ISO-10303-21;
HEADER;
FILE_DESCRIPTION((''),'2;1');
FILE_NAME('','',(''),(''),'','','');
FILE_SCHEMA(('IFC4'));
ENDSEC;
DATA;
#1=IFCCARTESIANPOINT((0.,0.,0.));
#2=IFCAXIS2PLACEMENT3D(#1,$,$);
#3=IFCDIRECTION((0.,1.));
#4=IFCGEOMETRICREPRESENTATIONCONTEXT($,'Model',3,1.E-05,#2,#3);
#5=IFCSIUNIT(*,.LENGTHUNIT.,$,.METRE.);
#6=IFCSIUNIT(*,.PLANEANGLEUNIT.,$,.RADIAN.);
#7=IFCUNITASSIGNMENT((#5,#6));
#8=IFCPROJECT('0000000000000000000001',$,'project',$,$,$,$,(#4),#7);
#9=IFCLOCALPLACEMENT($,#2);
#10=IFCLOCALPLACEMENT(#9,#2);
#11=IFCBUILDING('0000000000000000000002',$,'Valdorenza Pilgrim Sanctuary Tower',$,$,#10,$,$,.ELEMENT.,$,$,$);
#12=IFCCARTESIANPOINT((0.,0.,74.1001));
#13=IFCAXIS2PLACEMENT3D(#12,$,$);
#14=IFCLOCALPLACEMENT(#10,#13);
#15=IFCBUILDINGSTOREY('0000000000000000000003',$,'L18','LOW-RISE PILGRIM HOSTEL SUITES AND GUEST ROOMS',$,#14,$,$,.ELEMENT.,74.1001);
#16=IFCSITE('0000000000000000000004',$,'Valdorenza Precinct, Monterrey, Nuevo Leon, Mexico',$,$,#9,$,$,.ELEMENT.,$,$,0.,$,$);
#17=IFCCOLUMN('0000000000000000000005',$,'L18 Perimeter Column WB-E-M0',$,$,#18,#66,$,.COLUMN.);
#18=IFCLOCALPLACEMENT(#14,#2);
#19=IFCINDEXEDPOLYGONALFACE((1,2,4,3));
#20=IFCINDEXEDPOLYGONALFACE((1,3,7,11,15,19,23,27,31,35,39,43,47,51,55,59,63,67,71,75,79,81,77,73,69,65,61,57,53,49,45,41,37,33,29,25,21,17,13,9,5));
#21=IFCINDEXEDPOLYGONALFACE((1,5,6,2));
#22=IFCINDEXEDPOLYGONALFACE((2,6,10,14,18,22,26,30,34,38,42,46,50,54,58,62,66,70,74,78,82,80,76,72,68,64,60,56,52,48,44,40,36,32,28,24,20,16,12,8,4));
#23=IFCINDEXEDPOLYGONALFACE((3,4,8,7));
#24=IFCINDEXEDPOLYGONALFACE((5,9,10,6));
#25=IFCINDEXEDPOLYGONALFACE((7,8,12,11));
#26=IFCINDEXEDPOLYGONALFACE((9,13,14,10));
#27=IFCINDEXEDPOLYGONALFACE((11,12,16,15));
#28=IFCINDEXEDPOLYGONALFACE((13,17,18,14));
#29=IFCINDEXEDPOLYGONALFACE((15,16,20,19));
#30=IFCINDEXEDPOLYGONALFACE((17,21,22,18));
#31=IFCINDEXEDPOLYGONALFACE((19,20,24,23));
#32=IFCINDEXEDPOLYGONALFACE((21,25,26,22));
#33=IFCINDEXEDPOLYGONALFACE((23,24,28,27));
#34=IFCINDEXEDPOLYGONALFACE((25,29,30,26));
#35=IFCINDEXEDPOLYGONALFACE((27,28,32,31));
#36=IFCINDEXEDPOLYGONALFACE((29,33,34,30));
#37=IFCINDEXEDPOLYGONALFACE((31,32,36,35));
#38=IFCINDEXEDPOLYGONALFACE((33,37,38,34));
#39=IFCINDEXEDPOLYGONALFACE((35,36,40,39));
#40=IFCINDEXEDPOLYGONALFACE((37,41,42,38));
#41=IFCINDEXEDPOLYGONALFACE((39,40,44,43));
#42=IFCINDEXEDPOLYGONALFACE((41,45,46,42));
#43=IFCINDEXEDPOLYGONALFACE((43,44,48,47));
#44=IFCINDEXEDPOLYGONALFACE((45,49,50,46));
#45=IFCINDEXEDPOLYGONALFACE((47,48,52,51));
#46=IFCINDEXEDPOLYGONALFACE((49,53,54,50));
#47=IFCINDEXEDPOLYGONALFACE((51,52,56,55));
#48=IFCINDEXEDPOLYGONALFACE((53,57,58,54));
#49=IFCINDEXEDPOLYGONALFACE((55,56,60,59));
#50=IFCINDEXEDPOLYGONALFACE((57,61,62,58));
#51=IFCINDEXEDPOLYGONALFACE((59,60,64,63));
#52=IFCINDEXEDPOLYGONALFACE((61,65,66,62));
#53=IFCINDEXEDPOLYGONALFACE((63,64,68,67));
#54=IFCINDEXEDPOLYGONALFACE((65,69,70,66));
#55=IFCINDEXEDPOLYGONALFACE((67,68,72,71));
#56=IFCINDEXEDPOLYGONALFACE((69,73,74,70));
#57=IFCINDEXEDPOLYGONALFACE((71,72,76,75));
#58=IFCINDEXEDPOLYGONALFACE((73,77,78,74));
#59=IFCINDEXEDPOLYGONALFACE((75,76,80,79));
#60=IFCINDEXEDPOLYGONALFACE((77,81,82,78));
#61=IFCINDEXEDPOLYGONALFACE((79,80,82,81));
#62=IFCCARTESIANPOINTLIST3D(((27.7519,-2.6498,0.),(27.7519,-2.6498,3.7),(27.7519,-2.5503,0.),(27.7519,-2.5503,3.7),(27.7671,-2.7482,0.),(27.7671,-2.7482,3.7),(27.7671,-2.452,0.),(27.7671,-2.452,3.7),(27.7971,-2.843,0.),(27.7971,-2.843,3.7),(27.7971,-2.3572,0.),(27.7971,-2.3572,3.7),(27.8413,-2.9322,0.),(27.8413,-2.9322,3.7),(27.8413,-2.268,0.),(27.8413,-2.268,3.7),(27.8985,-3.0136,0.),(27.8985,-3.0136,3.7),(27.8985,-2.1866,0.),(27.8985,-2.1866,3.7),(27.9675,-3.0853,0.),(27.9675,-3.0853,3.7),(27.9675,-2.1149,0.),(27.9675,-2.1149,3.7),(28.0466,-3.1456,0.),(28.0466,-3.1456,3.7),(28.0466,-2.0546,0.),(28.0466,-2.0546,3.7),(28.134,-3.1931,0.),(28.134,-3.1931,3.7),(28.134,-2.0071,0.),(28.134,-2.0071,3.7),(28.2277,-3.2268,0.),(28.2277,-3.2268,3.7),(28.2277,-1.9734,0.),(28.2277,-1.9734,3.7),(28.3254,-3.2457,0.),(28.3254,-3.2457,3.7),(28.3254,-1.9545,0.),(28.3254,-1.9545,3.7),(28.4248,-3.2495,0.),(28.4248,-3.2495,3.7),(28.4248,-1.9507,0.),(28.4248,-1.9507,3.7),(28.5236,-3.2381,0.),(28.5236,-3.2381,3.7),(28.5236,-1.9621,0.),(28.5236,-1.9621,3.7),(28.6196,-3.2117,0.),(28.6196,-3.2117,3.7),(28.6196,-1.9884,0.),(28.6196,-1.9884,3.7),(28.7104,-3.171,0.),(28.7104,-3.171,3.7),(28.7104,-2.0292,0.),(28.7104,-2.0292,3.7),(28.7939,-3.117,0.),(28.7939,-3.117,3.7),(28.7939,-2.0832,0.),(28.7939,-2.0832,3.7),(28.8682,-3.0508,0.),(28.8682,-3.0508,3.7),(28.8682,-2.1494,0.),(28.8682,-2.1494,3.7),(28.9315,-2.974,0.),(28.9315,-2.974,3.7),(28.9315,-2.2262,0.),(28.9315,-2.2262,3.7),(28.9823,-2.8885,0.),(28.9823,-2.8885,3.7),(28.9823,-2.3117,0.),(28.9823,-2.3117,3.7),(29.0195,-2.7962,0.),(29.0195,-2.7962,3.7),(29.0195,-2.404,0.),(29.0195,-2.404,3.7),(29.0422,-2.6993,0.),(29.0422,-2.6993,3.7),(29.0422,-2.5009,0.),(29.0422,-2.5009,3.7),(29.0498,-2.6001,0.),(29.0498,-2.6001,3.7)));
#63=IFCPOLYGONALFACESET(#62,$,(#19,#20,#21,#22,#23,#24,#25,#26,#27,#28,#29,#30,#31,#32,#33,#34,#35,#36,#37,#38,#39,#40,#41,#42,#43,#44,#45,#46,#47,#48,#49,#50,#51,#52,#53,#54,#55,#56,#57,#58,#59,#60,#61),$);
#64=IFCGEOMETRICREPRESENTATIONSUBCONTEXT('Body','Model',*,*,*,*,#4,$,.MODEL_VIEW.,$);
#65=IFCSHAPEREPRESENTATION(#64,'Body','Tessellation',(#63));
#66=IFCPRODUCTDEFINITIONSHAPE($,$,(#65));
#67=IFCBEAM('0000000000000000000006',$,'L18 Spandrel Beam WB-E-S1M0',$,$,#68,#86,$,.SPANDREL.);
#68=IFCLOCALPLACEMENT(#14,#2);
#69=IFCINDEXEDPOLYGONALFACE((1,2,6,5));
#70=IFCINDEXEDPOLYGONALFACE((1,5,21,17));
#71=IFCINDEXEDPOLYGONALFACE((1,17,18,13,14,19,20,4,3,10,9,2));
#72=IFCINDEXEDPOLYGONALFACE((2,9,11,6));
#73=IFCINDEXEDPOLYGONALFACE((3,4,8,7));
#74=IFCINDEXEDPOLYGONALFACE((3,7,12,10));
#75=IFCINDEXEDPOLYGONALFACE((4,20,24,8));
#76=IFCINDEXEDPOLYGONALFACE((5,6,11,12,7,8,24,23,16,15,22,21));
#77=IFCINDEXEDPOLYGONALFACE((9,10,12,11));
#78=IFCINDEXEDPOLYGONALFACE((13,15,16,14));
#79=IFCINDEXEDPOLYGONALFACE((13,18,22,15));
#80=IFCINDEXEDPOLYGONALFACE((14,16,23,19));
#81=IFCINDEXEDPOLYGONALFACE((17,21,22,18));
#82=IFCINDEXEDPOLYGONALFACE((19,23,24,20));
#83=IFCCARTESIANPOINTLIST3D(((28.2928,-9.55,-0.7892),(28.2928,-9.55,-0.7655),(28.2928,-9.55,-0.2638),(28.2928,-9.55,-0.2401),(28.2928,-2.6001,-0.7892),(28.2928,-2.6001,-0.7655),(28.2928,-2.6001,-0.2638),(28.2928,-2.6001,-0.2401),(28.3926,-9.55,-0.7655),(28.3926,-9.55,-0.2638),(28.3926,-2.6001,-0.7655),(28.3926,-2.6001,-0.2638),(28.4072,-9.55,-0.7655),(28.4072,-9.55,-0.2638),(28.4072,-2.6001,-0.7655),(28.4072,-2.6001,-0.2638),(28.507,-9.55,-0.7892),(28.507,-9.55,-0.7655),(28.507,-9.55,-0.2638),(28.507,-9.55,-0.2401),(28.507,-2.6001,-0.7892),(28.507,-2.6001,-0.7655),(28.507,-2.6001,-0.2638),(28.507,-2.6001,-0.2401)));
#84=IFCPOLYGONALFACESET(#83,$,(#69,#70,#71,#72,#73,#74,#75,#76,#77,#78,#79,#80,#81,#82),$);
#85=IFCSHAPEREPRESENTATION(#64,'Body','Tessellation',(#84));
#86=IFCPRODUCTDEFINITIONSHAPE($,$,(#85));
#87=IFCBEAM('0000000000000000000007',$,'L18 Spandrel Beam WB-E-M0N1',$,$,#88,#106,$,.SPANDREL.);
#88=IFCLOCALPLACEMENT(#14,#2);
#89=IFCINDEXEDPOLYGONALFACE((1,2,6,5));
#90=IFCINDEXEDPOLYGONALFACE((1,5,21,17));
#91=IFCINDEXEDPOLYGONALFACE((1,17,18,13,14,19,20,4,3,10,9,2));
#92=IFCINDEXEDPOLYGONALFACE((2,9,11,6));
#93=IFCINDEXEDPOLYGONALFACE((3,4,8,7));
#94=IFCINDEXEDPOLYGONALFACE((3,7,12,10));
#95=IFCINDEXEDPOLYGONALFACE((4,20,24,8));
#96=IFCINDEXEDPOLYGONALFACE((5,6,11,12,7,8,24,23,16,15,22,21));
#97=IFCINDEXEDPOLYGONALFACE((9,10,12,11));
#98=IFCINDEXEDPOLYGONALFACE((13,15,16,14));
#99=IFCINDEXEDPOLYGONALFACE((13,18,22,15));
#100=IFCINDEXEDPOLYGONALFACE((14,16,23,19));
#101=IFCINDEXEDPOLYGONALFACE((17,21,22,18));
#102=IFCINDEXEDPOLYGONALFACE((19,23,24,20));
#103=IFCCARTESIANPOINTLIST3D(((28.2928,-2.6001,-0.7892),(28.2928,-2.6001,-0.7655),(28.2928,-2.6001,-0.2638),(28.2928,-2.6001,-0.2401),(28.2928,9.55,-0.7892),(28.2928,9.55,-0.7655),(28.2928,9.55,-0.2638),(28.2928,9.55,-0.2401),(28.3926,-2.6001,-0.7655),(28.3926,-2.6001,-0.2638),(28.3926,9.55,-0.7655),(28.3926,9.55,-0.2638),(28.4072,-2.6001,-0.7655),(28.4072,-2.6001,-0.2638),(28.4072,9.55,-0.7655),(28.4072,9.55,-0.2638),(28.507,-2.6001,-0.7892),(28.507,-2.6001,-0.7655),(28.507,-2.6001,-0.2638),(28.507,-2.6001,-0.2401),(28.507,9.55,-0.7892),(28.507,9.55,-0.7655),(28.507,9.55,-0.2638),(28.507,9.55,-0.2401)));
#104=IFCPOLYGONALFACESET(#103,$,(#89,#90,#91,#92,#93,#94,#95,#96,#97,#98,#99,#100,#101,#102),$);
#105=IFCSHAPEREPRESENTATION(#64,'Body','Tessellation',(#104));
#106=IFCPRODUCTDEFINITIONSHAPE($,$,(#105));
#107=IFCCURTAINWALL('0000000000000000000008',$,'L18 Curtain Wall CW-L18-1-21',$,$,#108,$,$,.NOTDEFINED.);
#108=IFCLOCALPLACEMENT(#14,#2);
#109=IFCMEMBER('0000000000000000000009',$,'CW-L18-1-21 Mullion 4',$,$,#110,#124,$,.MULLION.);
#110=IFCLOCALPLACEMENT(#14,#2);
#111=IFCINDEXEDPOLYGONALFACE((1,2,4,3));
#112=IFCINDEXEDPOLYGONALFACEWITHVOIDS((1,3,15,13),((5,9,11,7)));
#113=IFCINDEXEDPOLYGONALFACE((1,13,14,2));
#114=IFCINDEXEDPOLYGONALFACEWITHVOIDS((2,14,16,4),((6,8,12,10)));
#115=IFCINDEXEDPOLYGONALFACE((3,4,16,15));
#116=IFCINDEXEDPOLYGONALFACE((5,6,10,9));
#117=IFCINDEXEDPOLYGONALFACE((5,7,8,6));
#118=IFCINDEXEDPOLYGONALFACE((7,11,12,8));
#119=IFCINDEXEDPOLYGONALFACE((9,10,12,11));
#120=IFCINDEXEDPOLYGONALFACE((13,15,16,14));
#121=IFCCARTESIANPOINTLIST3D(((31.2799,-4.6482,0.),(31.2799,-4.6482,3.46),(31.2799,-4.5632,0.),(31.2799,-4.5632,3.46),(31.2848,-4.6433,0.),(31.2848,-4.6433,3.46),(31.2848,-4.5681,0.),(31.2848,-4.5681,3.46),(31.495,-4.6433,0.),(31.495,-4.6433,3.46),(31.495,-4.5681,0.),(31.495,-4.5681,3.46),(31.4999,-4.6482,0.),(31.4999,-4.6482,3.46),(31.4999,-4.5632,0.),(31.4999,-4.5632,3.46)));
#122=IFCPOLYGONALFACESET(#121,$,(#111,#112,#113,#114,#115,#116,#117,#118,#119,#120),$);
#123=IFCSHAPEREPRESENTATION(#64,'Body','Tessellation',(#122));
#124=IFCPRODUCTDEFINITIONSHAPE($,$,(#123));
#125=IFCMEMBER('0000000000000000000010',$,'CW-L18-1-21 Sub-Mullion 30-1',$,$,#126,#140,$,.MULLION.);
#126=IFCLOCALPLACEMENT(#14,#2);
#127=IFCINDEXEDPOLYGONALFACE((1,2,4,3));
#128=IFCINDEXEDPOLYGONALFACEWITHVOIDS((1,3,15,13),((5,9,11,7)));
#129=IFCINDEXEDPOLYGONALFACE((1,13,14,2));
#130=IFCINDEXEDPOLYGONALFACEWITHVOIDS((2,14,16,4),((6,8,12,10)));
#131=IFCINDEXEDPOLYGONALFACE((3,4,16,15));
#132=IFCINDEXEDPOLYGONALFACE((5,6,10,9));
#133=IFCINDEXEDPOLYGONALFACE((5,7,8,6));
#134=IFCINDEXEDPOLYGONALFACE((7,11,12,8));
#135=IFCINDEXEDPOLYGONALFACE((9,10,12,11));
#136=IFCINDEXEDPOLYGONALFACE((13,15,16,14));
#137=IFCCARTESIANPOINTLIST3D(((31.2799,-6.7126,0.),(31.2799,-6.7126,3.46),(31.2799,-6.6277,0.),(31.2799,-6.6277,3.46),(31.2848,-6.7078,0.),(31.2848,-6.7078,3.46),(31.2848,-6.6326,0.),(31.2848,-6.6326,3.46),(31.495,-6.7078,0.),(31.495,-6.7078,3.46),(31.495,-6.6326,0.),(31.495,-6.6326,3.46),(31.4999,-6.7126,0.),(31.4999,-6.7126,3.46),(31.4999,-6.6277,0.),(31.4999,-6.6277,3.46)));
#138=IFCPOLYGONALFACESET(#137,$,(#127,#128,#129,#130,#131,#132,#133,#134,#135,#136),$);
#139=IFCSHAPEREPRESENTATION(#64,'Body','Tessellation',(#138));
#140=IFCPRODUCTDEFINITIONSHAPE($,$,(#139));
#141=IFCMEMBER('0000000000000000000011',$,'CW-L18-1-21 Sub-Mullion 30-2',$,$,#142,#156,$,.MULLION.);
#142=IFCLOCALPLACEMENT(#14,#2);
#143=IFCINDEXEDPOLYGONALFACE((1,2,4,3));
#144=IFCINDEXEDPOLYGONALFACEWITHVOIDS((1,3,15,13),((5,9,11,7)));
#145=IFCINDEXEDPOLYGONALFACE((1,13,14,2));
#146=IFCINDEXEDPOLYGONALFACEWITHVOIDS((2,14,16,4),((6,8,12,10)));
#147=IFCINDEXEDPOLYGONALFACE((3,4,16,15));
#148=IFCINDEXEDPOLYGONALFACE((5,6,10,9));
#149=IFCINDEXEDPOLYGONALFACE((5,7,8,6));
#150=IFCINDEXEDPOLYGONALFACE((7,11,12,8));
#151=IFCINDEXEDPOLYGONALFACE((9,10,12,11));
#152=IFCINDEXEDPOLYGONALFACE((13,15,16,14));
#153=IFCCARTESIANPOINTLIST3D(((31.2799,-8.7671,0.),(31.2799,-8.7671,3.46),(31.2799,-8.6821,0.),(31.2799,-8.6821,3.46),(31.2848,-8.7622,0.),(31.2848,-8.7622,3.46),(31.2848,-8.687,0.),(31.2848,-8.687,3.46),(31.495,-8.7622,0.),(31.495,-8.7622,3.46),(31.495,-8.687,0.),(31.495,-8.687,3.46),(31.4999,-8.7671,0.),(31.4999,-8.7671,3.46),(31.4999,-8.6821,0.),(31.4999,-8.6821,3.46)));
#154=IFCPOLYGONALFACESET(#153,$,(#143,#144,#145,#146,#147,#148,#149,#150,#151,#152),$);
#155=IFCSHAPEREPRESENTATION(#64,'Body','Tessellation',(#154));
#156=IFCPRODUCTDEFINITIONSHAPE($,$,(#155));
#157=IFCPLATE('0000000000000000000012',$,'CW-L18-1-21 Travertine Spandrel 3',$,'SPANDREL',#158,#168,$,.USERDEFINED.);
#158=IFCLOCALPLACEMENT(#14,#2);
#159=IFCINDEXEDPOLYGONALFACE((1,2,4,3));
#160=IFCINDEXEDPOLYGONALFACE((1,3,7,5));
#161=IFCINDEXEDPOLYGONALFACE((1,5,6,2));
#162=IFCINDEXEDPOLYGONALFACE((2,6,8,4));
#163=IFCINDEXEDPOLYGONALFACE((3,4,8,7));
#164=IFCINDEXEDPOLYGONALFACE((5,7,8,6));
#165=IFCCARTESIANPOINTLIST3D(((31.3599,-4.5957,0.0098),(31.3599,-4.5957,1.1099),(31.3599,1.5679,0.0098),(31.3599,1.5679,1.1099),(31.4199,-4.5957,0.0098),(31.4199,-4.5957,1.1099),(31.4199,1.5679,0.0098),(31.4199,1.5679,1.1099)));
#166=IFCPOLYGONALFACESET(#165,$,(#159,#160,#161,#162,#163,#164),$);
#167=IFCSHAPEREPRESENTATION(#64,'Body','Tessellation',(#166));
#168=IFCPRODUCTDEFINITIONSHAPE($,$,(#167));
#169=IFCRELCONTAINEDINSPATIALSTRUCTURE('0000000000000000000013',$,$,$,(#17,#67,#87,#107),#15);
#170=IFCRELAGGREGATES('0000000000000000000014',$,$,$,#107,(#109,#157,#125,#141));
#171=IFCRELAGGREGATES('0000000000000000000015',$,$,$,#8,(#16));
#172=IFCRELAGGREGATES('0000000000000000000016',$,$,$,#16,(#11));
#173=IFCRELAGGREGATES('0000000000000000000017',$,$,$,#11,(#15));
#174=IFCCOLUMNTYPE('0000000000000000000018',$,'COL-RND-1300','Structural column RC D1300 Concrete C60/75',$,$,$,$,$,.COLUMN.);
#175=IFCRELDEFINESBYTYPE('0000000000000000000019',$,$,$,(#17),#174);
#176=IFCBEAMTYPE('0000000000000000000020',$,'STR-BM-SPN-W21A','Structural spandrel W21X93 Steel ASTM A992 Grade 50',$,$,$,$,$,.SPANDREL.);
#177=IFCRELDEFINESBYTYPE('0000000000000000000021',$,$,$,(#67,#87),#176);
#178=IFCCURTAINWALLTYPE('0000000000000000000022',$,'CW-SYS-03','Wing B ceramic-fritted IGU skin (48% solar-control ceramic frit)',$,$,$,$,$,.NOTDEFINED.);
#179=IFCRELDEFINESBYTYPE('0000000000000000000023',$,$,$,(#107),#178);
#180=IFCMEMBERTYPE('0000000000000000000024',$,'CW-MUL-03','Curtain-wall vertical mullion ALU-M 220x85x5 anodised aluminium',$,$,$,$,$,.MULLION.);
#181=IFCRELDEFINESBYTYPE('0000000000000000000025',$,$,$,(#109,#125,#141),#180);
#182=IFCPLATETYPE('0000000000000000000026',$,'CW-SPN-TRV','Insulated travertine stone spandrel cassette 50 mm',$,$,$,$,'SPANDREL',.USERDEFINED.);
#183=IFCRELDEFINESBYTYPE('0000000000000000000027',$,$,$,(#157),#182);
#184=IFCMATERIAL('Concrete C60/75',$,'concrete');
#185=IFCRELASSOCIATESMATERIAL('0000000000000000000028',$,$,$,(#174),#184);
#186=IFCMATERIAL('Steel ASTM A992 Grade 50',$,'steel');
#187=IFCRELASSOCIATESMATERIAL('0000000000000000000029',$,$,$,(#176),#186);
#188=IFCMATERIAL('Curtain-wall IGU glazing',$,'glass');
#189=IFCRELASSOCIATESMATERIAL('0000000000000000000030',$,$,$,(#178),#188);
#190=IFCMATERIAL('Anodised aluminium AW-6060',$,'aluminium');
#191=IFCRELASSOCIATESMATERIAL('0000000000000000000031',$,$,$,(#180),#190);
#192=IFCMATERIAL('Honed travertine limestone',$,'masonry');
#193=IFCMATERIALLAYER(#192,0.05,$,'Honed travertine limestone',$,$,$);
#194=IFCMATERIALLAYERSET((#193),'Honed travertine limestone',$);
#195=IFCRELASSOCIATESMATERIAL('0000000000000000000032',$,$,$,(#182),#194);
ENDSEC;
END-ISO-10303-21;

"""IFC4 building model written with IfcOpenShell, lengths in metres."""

from ifc_helpers import new_model, si_unit, direction, frame, origin, origin_2d, place, context, subcontext, project, spatial, rectangle, hollow_rectangle, circle, i_section, extrude, source, transform, mapped, material, layer, layer_set, material_profile, profile_set, type_object, element, aggregate, save


model = new_model("IFC4")

# Units and contexts
model_context = context("Model", 3, precision=1e-05, world=origin(), true_north=direction((0.0, 1.0)))
body_context = subcontext(model_context, "Body", "Model", "MODEL_VIEW")
ifc_project = project(units=[si_unit("LENGTHUNIT", "METRE"), si_unit("PLANEANGLEUNIT", "RADIAN")], contexts=[model_context])

# Site, building, storey
site_placement = place(None, origin())
site = spatial("IfcSite", under=ifc_project, at=site_placement, Name="Valdorenza Precinct, Monterrey, Nuevo Leon, Mexico", CompositionType="ELEMENT", RefElevation=0.0)
building_placement = place(site_placement, origin())
building = spatial("IfcBuilding", under=site, at=building_placement, Name="Valdorenza Pilgrim Sanctuary Tower", CompositionType="ELEMENT")
storey_placement = place(building_placement, frame((0.0, 0.0, 74.1001)))
storey = spatial("IfcBuildingStorey", under=building, at=storey_placement, Name="L18", Description="LOW-RISE PILGRIM HOSTEL SUITES AND GUEST ROOMS", CompositionType="ELEMENT", Elevation=74.1001)

# Column
ifc_material_1 = material(Name="Concrete C60/75", Category="concrete")
ifc_material_profile_1 = material_profile(ifc_material_1, circle(Radius=0.6499, at=origin_2d()), Name="RC D1300")
ifc_profile_set_1 = profile_set([ifc_material_profile_1], Name="Concrete C60/75")
column_type = type_object("IfcColumnType", Name="COL-RND-1300", Description="Structural column RC D1300 Concrete C60/75", PredefinedType="COLUMN", material=ifc_profile_set_1)
shared_shape_1 = source(origin(), body_context, "Body", "SweptSolid", [
    extrude(circle(Radius=0.6499, at=origin_2d()), origin(), (0.0, 0.0, 1.0), 3.7),
])
column_placement = place(storey_placement, frame((28.3999, -2.6001, 0.0), z_axis=(0.0, 0.0, 1.0), x_axis=(1.0, 0.0, 0.0)))
element("IfcColumn", 1, at=column_placement, inside=storey, type_object=column_type, Name="L18 Perimeter Column WB-E-M0", PredefinedType="COLUMN", context=body_context, shape_type="MappedRepresentation", body=[
    mapped(shared_shape_1, transform((0.0, 0.0, 0.0), x_axis=(1.0, 0.0, 0.0), y_axis=(0.0, 1.0, 0.0), z_axis=(0.0, 0.0, 1.0), scale=1.0)),
])

# Beams
ifc_material_2 = material(Name="Steel ASTM A992 Grade 50", Category="steel")
ifc_material_profile_2 = material_profile(ifc_material_2, i_section(OverallWidth=0.2141, OverallDepth=0.5491, WebThickness=0.0146, FlangeThickness=0.0237, at=origin_2d()), Name="W21X93")
ifc_profile_set_2 = profile_set([ifc_material_profile_2], Name="Steel ASTM A992 Grade 50")
beam_type = type_object("IfcBeamType", Name="STR-BM-SPN-W21A", Description="Structural spandrel W21X93 Steel ASTM A992 Grade 50", PredefinedType="SPANDREL", material=ifc_profile_set_2)
shared_shape_2 = source(origin(), body_context, "Body", "SweptSolid", [
    extrude(i_section(OverallWidth=0.2141, OverallDepth=0.5491, WebThickness=0.0146, FlangeThickness=0.0237, at=origin_2d()), origin(), (0.0, 0.0, 1.0), 6.95),
])
beam_1_placement = place(storey_placement, frame((28.3999, -9.55, -0.5146), z_axis=(0.0, 1.0, 0.0), x_axis=(-1.0, 0.0, 0.0)))
element("IfcBeam", 2, at=beam_1_placement, inside=storey, type_object=beam_type, Name="L18 Spandrel Beam WB-E-S1M0", PredefinedType="SPANDREL", context=body_context, shape_type="MappedRepresentation", body=[
    mapped(shared_shape_2, transform((0.0, 0.0, 0.0), x_axis=(1.0, 0.0, 0.0), y_axis=(0.0, 1.0, 0.0), z_axis=(0.0, 0.0, 1.0), scale=1.0)),
])
shared_shape_3 = source(origin(), body_context, "Body", "SweptSolid", [
    extrude(i_section(OverallWidth=0.2141, OverallDepth=0.5491, WebThickness=0.0146, FlangeThickness=0.0237, at=origin_2d()), origin(), (0.0, 0.0, 1.0), 12.1501),
])
beam_2_placement = place(storey_placement, frame((28.3999, -2.6001, -0.5146), z_axis=(0.0, 1.0, 0.0), x_axis=(-1.0, 0.0, 0.0)))
element("IfcBeam", 3, at=beam_2_placement, inside=storey, type_object=beam_type, Name="L18 Spandrel Beam WB-E-M0N1", PredefinedType="SPANDREL", context=body_context, shape_type="MappedRepresentation", body=[
    mapped(shared_shape_3, transform((0.0, 0.0, 0.0), x_axis=(1.0, 0.0, 0.0), y_axis=(0.0, 1.0, 0.0), z_axis=(0.0, 0.0, 1.0), scale=1.0)),
])

# Curtain wall, members, plate
ifc_material_3 = material(Name="Curtain-wall IGU glazing", Category="glass")
curtain_wall_type = type_object("IfcCurtainWallType", Name="CW-SYS-03", Description="Wing B ceramic-fritted IGU skin (48% solar-control ceramic frit)", PredefinedType="NOTDEFINED", material=ifc_material_3)
curtain_wall_placement = place(storey_placement, origin())
curtain_wall = element("IfcCurtainWall", 4, at=curtain_wall_placement, inside=storey, type_object=curtain_wall_type, Name="L18 Curtain Wall CW-L18-1-21", PredefinedType="NOTDEFINED")
ifc_material_4 = material(Name="Anodised aluminium AW-6060", Category="aluminium")
ifc_material_profile_3 = material_profile(ifc_material_4, hollow_rectangle(XDim=0.085, YDim=0.22, WallThickness=0.0049, at=origin_2d()), Name="ALU-M 220x85x5")
ifc_profile_set_3 = profile_set([ifc_material_profile_3], Name="Anodised aluminium AW-6060")
member_type = type_object("IfcMemberType", Name="CW-MUL-03", Description="Curtain-wall vertical mullion ALU-M 220x85x5 anodised aluminium", PredefinedType="MULLION", material=ifc_profile_set_3)
shared_shape_4 = source(origin(), body_context, "Body", "SweptSolid", [
    extrude(hollow_rectangle(XDim=0.085, YDim=0.22, WallThickness=0.0049, at=origin_2d()), origin(), (0.0, 0.0, 1.0), 3.46),
])
member_1_placement = place(storey_placement, frame((31.3899, -4.6057, 0.0), z_axis=(0.0, 0.0, 1.0), x_axis=(0.0, -1.0, 0.0)))
member_1 = element("IfcMember", 5, at=member_1_placement, type_object=member_type, Name="CW-L18-1-21 Mullion 4", PredefinedType="MULLION", context=body_context, shape_type="MappedRepresentation", body=[
    mapped(shared_shape_4, transform((0.0, 0.0, 0.0), x_axis=(1.0, 0.0, 0.0), y_axis=(0.0, 1.0, 0.0), z_axis=(0.0, 0.0, 1.0), scale=1.0)),
])
member_2_placement = place(storey_placement, frame((31.3899, -6.6702, 0.0), z_axis=(0.0, 0.0, 1.0), x_axis=(0.0, -1.0, 0.0)))
member_2 = element("IfcMember", 6, at=member_2_placement, type_object=member_type, Name="CW-L18-1-21 Sub-Mullion 30-1", PredefinedType="MULLION", context=body_context, shape_type="MappedRepresentation", body=[
    mapped(shared_shape_4, transform((0.0, 0.0, 0.0), x_axis=(1.0, 0.0, 0.0), y_axis=(0.0, 1.0, 0.0), z_axis=(0.0, 0.0, 1.0), scale=1.0)),
])
member_3_placement = place(storey_placement, frame((31.3899, -8.7246, 0.0), z_axis=(0.0, 0.0, 1.0), x_axis=(0.0, -1.0, 0.0)))
member_3 = element("IfcMember", 7, at=member_3_placement, type_object=member_type, Name="CW-L18-1-21 Sub-Mullion 30-2", PredefinedType="MULLION", context=body_context, shape_type="MappedRepresentation", body=[
    mapped(shared_shape_4, transform((0.0, 0.0, 0.0), x_axis=(1.0, 0.0, 0.0), y_axis=(0.0, 1.0, 0.0), z_axis=(0.0, 0.0, 1.0), scale=1.0)),
])
ifc_material_5 = material(Name="Honed travertine limestone", Category="masonry")
ifc_layer_1 = layer(ifc_material_5, 0.05, Name="Honed travertine limestone")
ifc_layer_set_1 = layer_set([ifc_layer_1], Name="Honed travertine limestone")
plate_type_1 = type_object("IfcPlateType", Name="CW-SPN-TRV", Description="Insulated travertine stone spandrel cassette 50 mm", ElementType="SPANDREL", PredefinedType="USERDEFINED", material=ifc_layer_set_1)
shared_shape_5 = source(origin(), body_context, "Body", "SweptSolid", [
    extrude(rectangle(XDim=6.1636, YDim=0.0601, at=origin_2d()), origin(), (0.0, 0.0, 1.0), 1.1001),
])
plate_1_placement = place(storey_placement, frame((31.3899, -1.5139, 0.0098), z_axis=(0.0, 0.0, 1.0), x_axis=(0.0, -1.0, 0.0)))
plate_1 = element("IfcPlate", 8, at=plate_1_placement, type_object=plate_type_1, Name="CW-L18-1-21 Travertine Spandrel 3", ObjectType="SPANDREL", PredefinedType="USERDEFINED", context=body_context, shape_type="MappedRepresentation", body=[
    mapped(shared_shape_5, transform((0.0, 0.0, 0.0), x_axis=(1.0, 0.0, 0.0), y_axis=(0.0, 1.0, 0.0), z_axis=(0.0, 0.0, 1.0), scale=1.0)),
])
aggregate(curtain_wall, [member_1, plate_1, member_2, member_3])

save(model, "model.ifc")
